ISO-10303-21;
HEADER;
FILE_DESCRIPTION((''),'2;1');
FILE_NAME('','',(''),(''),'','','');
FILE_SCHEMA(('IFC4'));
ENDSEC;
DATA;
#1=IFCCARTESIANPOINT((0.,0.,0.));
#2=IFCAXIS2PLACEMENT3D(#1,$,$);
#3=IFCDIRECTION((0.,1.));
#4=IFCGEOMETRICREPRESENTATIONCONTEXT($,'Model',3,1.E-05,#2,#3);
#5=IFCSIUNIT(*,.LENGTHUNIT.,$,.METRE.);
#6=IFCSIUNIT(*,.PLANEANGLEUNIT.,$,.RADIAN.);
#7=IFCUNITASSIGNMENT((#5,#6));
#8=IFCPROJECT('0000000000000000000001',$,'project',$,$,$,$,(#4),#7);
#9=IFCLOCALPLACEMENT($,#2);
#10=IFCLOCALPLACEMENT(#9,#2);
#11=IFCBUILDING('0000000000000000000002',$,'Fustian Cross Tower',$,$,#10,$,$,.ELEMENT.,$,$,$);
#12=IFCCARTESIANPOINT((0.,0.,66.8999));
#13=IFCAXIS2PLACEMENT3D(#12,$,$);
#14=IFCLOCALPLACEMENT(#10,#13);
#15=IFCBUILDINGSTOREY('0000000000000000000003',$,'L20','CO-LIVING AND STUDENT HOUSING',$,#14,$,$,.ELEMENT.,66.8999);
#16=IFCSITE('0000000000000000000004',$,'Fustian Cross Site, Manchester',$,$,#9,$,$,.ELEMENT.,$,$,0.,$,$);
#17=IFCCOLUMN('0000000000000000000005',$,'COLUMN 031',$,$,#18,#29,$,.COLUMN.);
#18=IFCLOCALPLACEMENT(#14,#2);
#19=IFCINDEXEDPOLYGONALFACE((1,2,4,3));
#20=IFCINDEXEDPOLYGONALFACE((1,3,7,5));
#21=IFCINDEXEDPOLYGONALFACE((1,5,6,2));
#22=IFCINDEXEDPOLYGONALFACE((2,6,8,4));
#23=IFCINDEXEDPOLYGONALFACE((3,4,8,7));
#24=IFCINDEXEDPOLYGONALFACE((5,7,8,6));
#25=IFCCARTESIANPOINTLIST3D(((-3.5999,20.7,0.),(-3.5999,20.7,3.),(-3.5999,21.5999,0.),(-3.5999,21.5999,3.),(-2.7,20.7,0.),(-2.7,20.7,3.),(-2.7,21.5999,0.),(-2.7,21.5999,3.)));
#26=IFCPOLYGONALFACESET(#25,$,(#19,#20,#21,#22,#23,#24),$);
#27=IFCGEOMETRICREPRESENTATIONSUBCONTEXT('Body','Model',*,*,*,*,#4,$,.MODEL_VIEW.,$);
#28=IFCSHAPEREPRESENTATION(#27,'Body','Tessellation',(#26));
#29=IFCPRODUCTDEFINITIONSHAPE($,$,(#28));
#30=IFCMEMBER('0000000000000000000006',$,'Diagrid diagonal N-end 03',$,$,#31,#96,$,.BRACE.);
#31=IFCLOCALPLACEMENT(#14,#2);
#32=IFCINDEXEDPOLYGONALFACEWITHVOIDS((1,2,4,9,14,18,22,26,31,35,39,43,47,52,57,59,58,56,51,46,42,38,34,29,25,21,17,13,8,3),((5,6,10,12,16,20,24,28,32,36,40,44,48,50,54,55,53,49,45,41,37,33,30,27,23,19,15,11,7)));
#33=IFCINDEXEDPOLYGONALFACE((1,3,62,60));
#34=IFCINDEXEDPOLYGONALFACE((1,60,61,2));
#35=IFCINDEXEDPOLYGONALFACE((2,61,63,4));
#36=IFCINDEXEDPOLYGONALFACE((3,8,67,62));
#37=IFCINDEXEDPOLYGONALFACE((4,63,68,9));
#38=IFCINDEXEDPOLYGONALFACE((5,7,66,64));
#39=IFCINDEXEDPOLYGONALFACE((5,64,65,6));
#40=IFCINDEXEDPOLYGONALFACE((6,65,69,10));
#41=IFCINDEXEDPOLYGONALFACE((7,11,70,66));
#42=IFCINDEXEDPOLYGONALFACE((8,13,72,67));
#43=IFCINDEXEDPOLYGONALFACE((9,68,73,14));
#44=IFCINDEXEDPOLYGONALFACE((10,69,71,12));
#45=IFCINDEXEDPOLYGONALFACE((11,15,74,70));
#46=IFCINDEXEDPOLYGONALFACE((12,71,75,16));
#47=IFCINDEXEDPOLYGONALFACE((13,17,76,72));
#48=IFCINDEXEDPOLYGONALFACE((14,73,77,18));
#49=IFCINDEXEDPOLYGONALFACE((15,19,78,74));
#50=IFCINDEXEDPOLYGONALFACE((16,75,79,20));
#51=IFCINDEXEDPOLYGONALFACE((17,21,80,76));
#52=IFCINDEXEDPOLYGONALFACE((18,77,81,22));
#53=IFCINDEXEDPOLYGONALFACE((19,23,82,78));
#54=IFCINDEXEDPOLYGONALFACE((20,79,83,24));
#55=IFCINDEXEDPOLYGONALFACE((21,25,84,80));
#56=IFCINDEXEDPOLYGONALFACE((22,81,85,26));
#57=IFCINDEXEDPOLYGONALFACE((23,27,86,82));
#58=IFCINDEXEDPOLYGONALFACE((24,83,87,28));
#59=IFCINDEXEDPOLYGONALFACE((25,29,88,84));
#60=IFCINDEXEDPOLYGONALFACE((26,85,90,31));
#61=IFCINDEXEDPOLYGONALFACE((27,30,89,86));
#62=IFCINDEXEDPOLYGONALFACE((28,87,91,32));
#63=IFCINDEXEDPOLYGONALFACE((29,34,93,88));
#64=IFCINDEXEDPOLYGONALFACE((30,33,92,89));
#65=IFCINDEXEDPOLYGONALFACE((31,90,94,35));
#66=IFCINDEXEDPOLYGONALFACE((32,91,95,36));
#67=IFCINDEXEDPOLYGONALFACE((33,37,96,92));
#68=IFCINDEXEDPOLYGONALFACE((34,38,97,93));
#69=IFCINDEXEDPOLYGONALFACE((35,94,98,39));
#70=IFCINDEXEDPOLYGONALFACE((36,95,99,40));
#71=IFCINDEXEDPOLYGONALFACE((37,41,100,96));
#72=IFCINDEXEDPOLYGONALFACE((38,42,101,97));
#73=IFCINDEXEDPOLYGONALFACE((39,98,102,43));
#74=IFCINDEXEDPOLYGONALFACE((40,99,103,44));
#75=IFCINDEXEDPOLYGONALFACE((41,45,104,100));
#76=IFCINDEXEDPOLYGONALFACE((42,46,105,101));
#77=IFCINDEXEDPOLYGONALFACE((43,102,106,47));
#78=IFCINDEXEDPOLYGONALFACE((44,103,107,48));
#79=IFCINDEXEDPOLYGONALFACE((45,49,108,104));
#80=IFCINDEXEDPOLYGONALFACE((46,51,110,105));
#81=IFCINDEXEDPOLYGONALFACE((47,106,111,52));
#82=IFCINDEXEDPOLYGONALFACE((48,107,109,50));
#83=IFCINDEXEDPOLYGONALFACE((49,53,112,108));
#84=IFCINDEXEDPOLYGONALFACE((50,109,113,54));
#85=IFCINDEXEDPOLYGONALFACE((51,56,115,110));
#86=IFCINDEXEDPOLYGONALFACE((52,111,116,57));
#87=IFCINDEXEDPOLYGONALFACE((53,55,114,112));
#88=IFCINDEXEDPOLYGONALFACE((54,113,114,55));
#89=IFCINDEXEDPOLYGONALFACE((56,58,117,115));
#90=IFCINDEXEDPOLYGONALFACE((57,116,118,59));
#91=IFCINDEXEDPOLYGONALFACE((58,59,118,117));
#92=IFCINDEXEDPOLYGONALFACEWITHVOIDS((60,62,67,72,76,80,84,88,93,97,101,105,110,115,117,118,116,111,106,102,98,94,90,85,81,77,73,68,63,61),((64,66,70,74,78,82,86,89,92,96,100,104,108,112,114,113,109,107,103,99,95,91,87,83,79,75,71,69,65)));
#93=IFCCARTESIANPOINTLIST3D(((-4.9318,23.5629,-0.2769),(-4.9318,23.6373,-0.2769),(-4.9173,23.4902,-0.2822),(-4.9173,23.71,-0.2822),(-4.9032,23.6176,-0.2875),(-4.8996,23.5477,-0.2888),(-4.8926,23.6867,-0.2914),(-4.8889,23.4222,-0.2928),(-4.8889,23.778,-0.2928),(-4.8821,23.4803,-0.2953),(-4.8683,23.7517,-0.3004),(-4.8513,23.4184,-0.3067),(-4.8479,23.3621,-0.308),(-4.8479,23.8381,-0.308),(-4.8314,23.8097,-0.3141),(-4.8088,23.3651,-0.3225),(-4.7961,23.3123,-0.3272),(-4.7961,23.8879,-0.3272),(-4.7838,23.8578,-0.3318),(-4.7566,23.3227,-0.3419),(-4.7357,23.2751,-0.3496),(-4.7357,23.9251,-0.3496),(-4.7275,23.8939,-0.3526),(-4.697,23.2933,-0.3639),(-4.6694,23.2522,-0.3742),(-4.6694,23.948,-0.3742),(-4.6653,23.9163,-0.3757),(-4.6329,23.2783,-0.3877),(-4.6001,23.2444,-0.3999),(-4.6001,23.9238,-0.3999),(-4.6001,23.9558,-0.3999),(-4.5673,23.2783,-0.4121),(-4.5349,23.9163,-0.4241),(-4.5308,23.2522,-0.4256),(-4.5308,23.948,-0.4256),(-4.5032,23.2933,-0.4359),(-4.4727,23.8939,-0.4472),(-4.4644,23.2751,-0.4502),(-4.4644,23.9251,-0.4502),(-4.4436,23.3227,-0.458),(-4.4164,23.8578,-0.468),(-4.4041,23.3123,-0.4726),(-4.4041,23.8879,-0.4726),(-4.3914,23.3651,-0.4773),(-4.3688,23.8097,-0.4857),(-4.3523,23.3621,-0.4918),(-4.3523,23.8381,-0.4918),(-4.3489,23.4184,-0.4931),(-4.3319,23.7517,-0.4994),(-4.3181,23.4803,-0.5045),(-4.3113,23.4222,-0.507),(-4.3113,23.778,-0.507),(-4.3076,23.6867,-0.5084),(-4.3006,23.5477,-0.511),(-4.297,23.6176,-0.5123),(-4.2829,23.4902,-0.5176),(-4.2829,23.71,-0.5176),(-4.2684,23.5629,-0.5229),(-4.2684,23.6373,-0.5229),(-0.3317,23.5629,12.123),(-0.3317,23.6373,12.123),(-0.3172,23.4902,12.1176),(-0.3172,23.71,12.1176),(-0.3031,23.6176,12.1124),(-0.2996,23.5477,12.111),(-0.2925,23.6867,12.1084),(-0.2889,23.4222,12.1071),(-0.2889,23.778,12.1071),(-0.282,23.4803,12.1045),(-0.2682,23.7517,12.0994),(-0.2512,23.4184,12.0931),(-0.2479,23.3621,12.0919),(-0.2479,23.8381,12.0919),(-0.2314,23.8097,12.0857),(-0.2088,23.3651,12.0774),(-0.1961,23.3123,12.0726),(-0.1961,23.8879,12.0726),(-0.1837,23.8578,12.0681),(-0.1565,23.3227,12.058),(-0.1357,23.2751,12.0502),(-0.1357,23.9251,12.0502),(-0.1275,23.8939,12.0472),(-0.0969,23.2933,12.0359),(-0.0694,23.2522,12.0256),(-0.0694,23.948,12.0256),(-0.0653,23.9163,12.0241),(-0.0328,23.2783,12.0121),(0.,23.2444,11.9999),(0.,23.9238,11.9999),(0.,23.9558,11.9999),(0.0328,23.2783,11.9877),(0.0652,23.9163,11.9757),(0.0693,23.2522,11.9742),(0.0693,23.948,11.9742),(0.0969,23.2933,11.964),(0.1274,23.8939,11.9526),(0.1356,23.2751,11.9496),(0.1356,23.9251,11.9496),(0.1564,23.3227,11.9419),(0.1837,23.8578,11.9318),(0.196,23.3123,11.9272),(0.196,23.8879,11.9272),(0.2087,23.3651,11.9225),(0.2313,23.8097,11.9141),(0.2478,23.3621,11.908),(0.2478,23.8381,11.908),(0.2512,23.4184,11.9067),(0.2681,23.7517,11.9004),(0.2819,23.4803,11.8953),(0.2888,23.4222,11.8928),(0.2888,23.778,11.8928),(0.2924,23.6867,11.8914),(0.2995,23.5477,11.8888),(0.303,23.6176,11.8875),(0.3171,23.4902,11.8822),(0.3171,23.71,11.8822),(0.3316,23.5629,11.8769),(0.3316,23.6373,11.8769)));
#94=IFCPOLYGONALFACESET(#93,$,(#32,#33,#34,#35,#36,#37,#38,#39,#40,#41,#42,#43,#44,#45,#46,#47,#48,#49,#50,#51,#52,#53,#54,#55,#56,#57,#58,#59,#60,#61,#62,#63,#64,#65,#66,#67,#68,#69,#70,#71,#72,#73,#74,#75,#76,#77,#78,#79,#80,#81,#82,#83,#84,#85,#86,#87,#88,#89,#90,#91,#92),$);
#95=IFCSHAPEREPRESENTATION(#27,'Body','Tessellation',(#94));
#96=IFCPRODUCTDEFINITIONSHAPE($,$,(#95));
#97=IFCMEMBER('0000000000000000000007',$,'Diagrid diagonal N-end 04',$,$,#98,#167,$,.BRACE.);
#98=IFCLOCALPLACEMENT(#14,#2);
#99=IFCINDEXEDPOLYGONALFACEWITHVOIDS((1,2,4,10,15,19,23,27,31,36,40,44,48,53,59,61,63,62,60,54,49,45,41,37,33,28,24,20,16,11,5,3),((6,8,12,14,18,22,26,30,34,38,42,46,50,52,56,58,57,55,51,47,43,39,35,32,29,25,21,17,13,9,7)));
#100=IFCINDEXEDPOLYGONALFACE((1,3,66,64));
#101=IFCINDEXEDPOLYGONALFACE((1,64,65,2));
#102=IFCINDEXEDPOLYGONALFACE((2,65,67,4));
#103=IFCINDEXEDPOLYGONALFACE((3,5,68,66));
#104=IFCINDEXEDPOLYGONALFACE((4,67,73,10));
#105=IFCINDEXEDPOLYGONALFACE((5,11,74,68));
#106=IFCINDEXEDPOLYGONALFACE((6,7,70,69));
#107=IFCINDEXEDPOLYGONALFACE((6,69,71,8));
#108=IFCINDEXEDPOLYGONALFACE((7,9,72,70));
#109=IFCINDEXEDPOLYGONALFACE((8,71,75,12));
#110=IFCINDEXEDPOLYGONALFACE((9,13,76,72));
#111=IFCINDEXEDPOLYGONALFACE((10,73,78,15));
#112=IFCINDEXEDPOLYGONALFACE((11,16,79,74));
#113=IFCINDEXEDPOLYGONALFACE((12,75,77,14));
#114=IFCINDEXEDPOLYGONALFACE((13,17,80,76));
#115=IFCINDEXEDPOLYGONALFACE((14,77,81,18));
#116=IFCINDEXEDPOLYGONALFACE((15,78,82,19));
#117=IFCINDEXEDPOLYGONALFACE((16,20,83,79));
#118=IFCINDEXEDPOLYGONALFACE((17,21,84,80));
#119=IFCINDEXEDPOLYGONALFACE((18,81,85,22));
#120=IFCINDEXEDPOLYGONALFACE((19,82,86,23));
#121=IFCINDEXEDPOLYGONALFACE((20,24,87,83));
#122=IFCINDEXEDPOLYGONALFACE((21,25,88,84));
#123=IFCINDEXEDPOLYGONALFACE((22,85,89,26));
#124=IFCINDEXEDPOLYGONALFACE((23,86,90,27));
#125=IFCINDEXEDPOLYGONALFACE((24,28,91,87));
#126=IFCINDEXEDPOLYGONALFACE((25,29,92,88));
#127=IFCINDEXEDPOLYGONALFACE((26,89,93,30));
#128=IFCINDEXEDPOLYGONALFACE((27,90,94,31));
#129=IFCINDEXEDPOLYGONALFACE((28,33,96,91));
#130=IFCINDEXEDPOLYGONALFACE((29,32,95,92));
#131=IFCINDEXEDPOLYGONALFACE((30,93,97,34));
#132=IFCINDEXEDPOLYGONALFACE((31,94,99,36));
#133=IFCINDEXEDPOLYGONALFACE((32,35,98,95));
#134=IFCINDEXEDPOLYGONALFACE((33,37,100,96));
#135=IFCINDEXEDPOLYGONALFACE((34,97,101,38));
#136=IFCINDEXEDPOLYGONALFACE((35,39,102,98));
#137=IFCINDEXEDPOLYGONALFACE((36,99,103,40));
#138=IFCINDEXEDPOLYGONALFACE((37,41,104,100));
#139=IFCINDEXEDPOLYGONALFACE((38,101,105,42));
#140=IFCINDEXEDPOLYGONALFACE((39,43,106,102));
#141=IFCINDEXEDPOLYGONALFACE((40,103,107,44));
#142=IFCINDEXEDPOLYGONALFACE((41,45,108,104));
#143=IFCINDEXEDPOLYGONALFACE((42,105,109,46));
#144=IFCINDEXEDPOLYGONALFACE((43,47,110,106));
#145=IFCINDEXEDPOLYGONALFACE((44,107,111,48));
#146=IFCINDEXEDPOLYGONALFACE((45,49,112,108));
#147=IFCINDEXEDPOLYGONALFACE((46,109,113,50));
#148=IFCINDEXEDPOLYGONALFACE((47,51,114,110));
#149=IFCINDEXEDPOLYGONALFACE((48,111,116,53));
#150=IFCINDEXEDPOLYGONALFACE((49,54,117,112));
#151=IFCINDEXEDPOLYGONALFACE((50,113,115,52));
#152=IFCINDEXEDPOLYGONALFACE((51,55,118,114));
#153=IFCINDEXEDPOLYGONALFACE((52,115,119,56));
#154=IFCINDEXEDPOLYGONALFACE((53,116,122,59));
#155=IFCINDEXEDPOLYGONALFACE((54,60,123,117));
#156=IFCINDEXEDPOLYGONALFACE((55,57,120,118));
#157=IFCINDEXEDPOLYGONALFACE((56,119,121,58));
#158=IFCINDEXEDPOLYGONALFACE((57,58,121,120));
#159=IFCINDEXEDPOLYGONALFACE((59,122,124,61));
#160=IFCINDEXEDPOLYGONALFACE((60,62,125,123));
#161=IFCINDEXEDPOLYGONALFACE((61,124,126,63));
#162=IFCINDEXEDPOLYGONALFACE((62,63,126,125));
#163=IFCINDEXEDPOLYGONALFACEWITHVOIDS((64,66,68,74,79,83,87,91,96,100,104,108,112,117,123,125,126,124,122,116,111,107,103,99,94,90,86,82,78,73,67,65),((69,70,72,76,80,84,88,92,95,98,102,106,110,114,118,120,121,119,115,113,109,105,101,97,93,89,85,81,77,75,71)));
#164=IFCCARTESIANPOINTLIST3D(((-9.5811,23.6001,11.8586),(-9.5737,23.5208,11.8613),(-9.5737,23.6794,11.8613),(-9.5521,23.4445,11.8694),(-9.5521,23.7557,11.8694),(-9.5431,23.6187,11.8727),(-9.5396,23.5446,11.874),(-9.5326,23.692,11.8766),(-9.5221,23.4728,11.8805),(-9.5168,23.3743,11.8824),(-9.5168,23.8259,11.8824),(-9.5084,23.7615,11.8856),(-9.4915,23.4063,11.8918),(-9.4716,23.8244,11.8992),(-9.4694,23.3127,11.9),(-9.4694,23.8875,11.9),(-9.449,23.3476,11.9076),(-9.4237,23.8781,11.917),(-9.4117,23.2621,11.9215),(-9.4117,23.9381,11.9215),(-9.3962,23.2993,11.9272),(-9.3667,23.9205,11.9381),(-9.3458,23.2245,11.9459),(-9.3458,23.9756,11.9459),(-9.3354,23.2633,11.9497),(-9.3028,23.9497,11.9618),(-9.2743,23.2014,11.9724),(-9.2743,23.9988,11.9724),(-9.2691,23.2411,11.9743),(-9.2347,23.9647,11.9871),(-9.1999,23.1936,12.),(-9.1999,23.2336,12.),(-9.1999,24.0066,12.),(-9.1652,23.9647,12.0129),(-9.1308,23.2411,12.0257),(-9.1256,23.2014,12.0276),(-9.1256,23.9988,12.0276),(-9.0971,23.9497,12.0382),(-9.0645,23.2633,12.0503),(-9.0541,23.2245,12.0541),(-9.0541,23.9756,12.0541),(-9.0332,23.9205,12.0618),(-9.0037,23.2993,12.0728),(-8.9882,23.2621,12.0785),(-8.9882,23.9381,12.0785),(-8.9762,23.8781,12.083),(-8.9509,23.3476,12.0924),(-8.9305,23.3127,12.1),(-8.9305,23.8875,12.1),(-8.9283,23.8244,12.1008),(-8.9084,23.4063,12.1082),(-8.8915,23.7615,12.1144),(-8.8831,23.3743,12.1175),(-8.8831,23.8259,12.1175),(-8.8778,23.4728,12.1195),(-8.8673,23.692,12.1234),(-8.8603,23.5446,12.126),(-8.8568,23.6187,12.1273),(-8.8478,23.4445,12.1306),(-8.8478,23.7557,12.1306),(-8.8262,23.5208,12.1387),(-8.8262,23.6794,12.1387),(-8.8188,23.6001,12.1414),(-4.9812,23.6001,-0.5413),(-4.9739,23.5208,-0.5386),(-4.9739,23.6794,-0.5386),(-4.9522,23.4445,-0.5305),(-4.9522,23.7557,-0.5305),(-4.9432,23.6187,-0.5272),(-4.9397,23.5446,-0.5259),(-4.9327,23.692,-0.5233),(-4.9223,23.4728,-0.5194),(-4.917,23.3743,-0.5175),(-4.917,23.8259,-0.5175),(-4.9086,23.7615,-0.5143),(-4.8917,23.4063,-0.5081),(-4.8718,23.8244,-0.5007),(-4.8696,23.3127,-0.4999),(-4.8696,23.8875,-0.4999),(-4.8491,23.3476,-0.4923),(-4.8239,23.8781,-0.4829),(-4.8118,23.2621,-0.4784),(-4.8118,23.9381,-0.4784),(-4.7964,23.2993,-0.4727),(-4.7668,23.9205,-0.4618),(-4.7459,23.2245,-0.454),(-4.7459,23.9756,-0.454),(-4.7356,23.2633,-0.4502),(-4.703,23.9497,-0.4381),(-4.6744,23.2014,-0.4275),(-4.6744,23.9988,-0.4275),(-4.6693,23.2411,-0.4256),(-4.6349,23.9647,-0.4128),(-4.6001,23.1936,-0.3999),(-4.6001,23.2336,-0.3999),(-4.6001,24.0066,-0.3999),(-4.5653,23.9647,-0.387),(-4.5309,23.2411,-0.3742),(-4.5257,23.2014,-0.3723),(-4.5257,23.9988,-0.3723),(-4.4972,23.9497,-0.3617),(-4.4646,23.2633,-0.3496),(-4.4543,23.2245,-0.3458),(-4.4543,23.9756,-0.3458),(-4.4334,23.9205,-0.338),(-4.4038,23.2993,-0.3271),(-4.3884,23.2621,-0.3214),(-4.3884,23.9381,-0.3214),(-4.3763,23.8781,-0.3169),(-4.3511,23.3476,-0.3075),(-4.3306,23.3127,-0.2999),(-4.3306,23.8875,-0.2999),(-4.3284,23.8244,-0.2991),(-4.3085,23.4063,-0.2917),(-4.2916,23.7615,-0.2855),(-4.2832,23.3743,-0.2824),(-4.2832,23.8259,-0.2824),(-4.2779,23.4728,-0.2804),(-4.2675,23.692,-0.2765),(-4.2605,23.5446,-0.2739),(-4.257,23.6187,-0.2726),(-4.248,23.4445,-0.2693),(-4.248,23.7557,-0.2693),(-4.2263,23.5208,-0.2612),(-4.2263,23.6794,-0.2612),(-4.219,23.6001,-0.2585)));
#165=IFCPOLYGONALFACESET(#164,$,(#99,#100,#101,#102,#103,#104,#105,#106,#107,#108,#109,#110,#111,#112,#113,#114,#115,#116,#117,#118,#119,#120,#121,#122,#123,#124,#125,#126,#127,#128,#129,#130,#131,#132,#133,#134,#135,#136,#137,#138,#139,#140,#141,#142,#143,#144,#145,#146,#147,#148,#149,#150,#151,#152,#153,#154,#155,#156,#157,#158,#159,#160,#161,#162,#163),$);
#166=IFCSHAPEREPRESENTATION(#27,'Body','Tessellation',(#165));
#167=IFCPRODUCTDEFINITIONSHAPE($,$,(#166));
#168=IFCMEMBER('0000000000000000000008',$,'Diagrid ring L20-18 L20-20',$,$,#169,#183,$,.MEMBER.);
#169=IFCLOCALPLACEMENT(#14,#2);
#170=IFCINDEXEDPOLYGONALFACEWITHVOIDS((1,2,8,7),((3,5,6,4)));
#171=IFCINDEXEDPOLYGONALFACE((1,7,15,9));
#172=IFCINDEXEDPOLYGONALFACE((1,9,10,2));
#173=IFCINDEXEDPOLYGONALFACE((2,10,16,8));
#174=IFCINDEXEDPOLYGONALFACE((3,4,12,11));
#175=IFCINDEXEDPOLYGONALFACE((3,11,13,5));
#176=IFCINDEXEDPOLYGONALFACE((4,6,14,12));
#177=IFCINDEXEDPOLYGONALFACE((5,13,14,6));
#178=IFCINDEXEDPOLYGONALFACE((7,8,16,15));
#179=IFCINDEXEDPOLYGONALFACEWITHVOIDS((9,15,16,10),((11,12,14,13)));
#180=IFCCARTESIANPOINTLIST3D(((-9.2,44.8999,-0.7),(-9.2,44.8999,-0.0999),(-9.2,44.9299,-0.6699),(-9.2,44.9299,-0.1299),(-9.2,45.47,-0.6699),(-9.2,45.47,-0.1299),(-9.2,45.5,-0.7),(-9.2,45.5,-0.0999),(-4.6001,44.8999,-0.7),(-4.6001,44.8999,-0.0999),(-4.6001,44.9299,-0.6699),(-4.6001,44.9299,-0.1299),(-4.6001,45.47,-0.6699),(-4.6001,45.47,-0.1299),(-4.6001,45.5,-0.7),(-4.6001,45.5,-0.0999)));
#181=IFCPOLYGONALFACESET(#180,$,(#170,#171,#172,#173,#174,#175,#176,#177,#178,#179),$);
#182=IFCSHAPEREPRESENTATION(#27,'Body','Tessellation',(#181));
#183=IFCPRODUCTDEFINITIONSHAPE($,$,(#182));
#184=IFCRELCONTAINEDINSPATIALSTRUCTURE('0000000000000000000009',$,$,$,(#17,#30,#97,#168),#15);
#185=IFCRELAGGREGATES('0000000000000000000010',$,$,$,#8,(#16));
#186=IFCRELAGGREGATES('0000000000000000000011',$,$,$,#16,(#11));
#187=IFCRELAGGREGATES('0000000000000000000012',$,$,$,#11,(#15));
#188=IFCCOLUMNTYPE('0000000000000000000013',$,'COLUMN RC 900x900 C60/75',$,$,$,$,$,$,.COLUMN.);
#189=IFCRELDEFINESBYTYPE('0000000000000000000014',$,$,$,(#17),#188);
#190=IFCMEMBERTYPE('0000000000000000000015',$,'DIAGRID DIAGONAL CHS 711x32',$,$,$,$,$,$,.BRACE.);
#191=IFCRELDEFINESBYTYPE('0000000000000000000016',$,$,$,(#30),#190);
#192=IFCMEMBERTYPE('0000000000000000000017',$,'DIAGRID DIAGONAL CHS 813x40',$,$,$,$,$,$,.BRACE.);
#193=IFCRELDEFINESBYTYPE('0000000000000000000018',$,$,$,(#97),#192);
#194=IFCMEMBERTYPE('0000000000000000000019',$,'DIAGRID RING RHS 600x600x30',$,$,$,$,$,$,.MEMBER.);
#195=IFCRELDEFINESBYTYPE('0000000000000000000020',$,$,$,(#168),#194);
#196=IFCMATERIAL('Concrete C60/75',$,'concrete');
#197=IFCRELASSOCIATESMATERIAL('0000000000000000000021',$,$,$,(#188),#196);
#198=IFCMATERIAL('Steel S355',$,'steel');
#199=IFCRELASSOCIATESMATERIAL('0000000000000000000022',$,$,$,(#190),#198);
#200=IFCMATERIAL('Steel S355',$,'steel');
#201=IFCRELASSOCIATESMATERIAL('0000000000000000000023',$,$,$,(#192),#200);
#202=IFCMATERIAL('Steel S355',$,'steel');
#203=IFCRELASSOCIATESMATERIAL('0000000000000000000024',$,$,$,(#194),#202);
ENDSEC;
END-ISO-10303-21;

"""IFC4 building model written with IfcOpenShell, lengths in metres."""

from ifc_helpers import new_model, si_unit, direction, frame, origin, origin_2d, place, context, subcontext, project, spatial, rectangle, hollow_rectangle, hollow_circle, extrude, material, material_profile, profile_set, type_object, element, save


model = new_model("IFC4")

# Units and contexts
model_context = context("Model", 3, precision=1e-05, world=origin(), true_north=direction((0.0, 1.0)))
body_context = subcontext(model_context, "Body", "Model", "MODEL_VIEW")
ifc_project = project(units=[si_unit("LENGTHUNIT", "METRE"), si_unit("PLANEANGLEUNIT", "RADIAN")], contexts=[model_context])

# Site, building, storey
site_placement = place(None, origin())
site = spatial("IfcSite", under=ifc_project, at=site_placement, Name="Fustian Cross Site, Manchester", CompositionType="ELEMENT", RefElevation=0.0)
building_placement = place(site_placement, origin())
building = spatial("IfcBuilding", under=site, at=building_placement, Name="Fustian Cross Tower", CompositionType="ELEMENT")
storey_placement = place(building_placement, frame((0.0, 0.0, 66.8999)))
storey = spatial("IfcBuildingStorey", under=building, at=storey_placement, Name="L20", Description="CO-LIVING AND STUDENT HOUSING", CompositionType="ELEMENT", Elevation=66.8999)

# Column
ifc_material_1 = material(Name="Concrete C60/75", Category="concrete")
ifc_material_profile_1 = material_profile(ifc_material_1, rectangle(XDim=0.8999, YDim=0.8999, at=origin_2d()), Name="RC 900x900")
ifc_profile_set_1 = profile_set([ifc_material_profile_1], Name="Concrete C60/75")
column_type = type_object("IfcColumnType", Name="COLUMN RC 900x900 C60/75", PredefinedType="COLUMN", material=ifc_profile_set_1)
column_placement = place(storey_placement, frame((-3.1499, 21.1499, 0.0), z_axis=(0.0, 0.0, 1.0), x_axis=(1.0, 0.0, 0.0)))
element("IfcColumn", 1, at=column_placement, inside=storey, type_object=column_type, Name="COLUMN 031", PredefinedType="COLUMN", context=body_context, shape_type="SweptSolid", body=[
    extrude(rectangle(XDim=0.8999, YDim=0.8999, at=origin_2d()), origin(), (0.0, 0.0, 1.0), 3.0),
])

# Members
ifc_material_2 = material(Name="Steel S355", Category="steel")
ifc_material_profile_2 = material_profile(ifc_material_2, hollow_circle(Radius=0.3557, WallThickness=0.032, at=origin_2d()), Name="CHS 711x32")
ifc_profile_set_2 = profile_set([ifc_material_profile_2], Name="Steel S355")
member_type_1 = type_object("IfcMemberType", Name="DIAGRID DIAGONAL CHS 711x32", PredefinedType="BRACE", material=ifc_profile_set_2)
member_1_placement = place(storey_placement, frame((-4.6001, 23.6001, -0.3999), z_axis=(0.347816, 0.0, 0.937563), x_axis=(0.0, 1.0, 0.0)))
element("IfcMember", 2, at=member_1_placement, inside=storey, type_object=member_type_1, Name="Diagrid diagonal N-end 03", PredefinedType="BRACE", context=body_context, shape_type="SweptSolid", body=[
    extrude(hollow_circle(Radius=0.3557, WallThickness=0.032, at=origin_2d()), origin(), (0.0, 0.0, 1.0), 13.2256),
])
ifc_material_3 = material(Name="Steel S355", Category="steel")
ifc_material_profile_3 = material_profile(ifc_material_3, hollow_circle(Radius=0.4065, WallThickness=0.04, at=origin_2d()), Name="CHS 813x40")
ifc_profile_set_3 = profile_set([ifc_material_profile_3], Name="Steel S355")
member_type_2 = type_object("IfcMemberType", Name="DIAGRID DIAGONAL CHS 813x40", PredefinedType="BRACE", material=ifc_profile_set_3)
member_2_placement = place(storey_placement, frame((-4.6001, 23.6001, -0.3999), z_axis=(-0.347799, 0.0, 0.937569), x_axis=(0.0, -1.0, 0.0)))
element("IfcMember", 3, at=member_2_placement, inside=storey, type_object=member_type_2, Name="Diagrid diagonal N-end 04", PredefinedType="BRACE", context=body_context, shape_type="SweptSolid", body=[
    extrude(hollow_circle(Radius=0.4065, WallThickness=0.04, at=origin_2d()), origin(), (0.0, 0.0, 1.0), 13.2256),
])
ifc_material_4 = material(Name="Steel S355", Category="steel")
ifc_material_profile_4 = material_profile(ifc_material_4, hollow_rectangle(XDim=0.6001, YDim=0.6001, WallThickness=0.03, at=origin_2d()), Name="RHS 600x600x30")
ifc_profile_set_4 = profile_set([ifc_material_profile_4], Name="Steel S355")
member_type_3 = type_object("IfcMemberType", Name="DIAGRID RING RHS 600x600x30", PredefinedType="MEMBER", material=ifc_profile_set_4)
member_3_placement = place(storey_placement, frame((-4.6001, 45.2, -0.3999), z_axis=(-1.0, 0.0, 0.0), x_axis=(0.0, -1.0, 0.0)))
element("IfcMember", 4, at=member_3_placement, inside=storey, type_object=member_type_3, Name="Diagrid ring L20-18 L20-20", PredefinedType="MEMBER", context=body_context, shape_type="SweptSolid", body=[
    extrude(hollow_rectangle(XDim=0.6001, YDim=0.6001, WallThickness=0.03, at=origin_2d()), origin(), (0.0, 0.0, 1.0), 4.5999),
])

save(model, "model.ifc")
